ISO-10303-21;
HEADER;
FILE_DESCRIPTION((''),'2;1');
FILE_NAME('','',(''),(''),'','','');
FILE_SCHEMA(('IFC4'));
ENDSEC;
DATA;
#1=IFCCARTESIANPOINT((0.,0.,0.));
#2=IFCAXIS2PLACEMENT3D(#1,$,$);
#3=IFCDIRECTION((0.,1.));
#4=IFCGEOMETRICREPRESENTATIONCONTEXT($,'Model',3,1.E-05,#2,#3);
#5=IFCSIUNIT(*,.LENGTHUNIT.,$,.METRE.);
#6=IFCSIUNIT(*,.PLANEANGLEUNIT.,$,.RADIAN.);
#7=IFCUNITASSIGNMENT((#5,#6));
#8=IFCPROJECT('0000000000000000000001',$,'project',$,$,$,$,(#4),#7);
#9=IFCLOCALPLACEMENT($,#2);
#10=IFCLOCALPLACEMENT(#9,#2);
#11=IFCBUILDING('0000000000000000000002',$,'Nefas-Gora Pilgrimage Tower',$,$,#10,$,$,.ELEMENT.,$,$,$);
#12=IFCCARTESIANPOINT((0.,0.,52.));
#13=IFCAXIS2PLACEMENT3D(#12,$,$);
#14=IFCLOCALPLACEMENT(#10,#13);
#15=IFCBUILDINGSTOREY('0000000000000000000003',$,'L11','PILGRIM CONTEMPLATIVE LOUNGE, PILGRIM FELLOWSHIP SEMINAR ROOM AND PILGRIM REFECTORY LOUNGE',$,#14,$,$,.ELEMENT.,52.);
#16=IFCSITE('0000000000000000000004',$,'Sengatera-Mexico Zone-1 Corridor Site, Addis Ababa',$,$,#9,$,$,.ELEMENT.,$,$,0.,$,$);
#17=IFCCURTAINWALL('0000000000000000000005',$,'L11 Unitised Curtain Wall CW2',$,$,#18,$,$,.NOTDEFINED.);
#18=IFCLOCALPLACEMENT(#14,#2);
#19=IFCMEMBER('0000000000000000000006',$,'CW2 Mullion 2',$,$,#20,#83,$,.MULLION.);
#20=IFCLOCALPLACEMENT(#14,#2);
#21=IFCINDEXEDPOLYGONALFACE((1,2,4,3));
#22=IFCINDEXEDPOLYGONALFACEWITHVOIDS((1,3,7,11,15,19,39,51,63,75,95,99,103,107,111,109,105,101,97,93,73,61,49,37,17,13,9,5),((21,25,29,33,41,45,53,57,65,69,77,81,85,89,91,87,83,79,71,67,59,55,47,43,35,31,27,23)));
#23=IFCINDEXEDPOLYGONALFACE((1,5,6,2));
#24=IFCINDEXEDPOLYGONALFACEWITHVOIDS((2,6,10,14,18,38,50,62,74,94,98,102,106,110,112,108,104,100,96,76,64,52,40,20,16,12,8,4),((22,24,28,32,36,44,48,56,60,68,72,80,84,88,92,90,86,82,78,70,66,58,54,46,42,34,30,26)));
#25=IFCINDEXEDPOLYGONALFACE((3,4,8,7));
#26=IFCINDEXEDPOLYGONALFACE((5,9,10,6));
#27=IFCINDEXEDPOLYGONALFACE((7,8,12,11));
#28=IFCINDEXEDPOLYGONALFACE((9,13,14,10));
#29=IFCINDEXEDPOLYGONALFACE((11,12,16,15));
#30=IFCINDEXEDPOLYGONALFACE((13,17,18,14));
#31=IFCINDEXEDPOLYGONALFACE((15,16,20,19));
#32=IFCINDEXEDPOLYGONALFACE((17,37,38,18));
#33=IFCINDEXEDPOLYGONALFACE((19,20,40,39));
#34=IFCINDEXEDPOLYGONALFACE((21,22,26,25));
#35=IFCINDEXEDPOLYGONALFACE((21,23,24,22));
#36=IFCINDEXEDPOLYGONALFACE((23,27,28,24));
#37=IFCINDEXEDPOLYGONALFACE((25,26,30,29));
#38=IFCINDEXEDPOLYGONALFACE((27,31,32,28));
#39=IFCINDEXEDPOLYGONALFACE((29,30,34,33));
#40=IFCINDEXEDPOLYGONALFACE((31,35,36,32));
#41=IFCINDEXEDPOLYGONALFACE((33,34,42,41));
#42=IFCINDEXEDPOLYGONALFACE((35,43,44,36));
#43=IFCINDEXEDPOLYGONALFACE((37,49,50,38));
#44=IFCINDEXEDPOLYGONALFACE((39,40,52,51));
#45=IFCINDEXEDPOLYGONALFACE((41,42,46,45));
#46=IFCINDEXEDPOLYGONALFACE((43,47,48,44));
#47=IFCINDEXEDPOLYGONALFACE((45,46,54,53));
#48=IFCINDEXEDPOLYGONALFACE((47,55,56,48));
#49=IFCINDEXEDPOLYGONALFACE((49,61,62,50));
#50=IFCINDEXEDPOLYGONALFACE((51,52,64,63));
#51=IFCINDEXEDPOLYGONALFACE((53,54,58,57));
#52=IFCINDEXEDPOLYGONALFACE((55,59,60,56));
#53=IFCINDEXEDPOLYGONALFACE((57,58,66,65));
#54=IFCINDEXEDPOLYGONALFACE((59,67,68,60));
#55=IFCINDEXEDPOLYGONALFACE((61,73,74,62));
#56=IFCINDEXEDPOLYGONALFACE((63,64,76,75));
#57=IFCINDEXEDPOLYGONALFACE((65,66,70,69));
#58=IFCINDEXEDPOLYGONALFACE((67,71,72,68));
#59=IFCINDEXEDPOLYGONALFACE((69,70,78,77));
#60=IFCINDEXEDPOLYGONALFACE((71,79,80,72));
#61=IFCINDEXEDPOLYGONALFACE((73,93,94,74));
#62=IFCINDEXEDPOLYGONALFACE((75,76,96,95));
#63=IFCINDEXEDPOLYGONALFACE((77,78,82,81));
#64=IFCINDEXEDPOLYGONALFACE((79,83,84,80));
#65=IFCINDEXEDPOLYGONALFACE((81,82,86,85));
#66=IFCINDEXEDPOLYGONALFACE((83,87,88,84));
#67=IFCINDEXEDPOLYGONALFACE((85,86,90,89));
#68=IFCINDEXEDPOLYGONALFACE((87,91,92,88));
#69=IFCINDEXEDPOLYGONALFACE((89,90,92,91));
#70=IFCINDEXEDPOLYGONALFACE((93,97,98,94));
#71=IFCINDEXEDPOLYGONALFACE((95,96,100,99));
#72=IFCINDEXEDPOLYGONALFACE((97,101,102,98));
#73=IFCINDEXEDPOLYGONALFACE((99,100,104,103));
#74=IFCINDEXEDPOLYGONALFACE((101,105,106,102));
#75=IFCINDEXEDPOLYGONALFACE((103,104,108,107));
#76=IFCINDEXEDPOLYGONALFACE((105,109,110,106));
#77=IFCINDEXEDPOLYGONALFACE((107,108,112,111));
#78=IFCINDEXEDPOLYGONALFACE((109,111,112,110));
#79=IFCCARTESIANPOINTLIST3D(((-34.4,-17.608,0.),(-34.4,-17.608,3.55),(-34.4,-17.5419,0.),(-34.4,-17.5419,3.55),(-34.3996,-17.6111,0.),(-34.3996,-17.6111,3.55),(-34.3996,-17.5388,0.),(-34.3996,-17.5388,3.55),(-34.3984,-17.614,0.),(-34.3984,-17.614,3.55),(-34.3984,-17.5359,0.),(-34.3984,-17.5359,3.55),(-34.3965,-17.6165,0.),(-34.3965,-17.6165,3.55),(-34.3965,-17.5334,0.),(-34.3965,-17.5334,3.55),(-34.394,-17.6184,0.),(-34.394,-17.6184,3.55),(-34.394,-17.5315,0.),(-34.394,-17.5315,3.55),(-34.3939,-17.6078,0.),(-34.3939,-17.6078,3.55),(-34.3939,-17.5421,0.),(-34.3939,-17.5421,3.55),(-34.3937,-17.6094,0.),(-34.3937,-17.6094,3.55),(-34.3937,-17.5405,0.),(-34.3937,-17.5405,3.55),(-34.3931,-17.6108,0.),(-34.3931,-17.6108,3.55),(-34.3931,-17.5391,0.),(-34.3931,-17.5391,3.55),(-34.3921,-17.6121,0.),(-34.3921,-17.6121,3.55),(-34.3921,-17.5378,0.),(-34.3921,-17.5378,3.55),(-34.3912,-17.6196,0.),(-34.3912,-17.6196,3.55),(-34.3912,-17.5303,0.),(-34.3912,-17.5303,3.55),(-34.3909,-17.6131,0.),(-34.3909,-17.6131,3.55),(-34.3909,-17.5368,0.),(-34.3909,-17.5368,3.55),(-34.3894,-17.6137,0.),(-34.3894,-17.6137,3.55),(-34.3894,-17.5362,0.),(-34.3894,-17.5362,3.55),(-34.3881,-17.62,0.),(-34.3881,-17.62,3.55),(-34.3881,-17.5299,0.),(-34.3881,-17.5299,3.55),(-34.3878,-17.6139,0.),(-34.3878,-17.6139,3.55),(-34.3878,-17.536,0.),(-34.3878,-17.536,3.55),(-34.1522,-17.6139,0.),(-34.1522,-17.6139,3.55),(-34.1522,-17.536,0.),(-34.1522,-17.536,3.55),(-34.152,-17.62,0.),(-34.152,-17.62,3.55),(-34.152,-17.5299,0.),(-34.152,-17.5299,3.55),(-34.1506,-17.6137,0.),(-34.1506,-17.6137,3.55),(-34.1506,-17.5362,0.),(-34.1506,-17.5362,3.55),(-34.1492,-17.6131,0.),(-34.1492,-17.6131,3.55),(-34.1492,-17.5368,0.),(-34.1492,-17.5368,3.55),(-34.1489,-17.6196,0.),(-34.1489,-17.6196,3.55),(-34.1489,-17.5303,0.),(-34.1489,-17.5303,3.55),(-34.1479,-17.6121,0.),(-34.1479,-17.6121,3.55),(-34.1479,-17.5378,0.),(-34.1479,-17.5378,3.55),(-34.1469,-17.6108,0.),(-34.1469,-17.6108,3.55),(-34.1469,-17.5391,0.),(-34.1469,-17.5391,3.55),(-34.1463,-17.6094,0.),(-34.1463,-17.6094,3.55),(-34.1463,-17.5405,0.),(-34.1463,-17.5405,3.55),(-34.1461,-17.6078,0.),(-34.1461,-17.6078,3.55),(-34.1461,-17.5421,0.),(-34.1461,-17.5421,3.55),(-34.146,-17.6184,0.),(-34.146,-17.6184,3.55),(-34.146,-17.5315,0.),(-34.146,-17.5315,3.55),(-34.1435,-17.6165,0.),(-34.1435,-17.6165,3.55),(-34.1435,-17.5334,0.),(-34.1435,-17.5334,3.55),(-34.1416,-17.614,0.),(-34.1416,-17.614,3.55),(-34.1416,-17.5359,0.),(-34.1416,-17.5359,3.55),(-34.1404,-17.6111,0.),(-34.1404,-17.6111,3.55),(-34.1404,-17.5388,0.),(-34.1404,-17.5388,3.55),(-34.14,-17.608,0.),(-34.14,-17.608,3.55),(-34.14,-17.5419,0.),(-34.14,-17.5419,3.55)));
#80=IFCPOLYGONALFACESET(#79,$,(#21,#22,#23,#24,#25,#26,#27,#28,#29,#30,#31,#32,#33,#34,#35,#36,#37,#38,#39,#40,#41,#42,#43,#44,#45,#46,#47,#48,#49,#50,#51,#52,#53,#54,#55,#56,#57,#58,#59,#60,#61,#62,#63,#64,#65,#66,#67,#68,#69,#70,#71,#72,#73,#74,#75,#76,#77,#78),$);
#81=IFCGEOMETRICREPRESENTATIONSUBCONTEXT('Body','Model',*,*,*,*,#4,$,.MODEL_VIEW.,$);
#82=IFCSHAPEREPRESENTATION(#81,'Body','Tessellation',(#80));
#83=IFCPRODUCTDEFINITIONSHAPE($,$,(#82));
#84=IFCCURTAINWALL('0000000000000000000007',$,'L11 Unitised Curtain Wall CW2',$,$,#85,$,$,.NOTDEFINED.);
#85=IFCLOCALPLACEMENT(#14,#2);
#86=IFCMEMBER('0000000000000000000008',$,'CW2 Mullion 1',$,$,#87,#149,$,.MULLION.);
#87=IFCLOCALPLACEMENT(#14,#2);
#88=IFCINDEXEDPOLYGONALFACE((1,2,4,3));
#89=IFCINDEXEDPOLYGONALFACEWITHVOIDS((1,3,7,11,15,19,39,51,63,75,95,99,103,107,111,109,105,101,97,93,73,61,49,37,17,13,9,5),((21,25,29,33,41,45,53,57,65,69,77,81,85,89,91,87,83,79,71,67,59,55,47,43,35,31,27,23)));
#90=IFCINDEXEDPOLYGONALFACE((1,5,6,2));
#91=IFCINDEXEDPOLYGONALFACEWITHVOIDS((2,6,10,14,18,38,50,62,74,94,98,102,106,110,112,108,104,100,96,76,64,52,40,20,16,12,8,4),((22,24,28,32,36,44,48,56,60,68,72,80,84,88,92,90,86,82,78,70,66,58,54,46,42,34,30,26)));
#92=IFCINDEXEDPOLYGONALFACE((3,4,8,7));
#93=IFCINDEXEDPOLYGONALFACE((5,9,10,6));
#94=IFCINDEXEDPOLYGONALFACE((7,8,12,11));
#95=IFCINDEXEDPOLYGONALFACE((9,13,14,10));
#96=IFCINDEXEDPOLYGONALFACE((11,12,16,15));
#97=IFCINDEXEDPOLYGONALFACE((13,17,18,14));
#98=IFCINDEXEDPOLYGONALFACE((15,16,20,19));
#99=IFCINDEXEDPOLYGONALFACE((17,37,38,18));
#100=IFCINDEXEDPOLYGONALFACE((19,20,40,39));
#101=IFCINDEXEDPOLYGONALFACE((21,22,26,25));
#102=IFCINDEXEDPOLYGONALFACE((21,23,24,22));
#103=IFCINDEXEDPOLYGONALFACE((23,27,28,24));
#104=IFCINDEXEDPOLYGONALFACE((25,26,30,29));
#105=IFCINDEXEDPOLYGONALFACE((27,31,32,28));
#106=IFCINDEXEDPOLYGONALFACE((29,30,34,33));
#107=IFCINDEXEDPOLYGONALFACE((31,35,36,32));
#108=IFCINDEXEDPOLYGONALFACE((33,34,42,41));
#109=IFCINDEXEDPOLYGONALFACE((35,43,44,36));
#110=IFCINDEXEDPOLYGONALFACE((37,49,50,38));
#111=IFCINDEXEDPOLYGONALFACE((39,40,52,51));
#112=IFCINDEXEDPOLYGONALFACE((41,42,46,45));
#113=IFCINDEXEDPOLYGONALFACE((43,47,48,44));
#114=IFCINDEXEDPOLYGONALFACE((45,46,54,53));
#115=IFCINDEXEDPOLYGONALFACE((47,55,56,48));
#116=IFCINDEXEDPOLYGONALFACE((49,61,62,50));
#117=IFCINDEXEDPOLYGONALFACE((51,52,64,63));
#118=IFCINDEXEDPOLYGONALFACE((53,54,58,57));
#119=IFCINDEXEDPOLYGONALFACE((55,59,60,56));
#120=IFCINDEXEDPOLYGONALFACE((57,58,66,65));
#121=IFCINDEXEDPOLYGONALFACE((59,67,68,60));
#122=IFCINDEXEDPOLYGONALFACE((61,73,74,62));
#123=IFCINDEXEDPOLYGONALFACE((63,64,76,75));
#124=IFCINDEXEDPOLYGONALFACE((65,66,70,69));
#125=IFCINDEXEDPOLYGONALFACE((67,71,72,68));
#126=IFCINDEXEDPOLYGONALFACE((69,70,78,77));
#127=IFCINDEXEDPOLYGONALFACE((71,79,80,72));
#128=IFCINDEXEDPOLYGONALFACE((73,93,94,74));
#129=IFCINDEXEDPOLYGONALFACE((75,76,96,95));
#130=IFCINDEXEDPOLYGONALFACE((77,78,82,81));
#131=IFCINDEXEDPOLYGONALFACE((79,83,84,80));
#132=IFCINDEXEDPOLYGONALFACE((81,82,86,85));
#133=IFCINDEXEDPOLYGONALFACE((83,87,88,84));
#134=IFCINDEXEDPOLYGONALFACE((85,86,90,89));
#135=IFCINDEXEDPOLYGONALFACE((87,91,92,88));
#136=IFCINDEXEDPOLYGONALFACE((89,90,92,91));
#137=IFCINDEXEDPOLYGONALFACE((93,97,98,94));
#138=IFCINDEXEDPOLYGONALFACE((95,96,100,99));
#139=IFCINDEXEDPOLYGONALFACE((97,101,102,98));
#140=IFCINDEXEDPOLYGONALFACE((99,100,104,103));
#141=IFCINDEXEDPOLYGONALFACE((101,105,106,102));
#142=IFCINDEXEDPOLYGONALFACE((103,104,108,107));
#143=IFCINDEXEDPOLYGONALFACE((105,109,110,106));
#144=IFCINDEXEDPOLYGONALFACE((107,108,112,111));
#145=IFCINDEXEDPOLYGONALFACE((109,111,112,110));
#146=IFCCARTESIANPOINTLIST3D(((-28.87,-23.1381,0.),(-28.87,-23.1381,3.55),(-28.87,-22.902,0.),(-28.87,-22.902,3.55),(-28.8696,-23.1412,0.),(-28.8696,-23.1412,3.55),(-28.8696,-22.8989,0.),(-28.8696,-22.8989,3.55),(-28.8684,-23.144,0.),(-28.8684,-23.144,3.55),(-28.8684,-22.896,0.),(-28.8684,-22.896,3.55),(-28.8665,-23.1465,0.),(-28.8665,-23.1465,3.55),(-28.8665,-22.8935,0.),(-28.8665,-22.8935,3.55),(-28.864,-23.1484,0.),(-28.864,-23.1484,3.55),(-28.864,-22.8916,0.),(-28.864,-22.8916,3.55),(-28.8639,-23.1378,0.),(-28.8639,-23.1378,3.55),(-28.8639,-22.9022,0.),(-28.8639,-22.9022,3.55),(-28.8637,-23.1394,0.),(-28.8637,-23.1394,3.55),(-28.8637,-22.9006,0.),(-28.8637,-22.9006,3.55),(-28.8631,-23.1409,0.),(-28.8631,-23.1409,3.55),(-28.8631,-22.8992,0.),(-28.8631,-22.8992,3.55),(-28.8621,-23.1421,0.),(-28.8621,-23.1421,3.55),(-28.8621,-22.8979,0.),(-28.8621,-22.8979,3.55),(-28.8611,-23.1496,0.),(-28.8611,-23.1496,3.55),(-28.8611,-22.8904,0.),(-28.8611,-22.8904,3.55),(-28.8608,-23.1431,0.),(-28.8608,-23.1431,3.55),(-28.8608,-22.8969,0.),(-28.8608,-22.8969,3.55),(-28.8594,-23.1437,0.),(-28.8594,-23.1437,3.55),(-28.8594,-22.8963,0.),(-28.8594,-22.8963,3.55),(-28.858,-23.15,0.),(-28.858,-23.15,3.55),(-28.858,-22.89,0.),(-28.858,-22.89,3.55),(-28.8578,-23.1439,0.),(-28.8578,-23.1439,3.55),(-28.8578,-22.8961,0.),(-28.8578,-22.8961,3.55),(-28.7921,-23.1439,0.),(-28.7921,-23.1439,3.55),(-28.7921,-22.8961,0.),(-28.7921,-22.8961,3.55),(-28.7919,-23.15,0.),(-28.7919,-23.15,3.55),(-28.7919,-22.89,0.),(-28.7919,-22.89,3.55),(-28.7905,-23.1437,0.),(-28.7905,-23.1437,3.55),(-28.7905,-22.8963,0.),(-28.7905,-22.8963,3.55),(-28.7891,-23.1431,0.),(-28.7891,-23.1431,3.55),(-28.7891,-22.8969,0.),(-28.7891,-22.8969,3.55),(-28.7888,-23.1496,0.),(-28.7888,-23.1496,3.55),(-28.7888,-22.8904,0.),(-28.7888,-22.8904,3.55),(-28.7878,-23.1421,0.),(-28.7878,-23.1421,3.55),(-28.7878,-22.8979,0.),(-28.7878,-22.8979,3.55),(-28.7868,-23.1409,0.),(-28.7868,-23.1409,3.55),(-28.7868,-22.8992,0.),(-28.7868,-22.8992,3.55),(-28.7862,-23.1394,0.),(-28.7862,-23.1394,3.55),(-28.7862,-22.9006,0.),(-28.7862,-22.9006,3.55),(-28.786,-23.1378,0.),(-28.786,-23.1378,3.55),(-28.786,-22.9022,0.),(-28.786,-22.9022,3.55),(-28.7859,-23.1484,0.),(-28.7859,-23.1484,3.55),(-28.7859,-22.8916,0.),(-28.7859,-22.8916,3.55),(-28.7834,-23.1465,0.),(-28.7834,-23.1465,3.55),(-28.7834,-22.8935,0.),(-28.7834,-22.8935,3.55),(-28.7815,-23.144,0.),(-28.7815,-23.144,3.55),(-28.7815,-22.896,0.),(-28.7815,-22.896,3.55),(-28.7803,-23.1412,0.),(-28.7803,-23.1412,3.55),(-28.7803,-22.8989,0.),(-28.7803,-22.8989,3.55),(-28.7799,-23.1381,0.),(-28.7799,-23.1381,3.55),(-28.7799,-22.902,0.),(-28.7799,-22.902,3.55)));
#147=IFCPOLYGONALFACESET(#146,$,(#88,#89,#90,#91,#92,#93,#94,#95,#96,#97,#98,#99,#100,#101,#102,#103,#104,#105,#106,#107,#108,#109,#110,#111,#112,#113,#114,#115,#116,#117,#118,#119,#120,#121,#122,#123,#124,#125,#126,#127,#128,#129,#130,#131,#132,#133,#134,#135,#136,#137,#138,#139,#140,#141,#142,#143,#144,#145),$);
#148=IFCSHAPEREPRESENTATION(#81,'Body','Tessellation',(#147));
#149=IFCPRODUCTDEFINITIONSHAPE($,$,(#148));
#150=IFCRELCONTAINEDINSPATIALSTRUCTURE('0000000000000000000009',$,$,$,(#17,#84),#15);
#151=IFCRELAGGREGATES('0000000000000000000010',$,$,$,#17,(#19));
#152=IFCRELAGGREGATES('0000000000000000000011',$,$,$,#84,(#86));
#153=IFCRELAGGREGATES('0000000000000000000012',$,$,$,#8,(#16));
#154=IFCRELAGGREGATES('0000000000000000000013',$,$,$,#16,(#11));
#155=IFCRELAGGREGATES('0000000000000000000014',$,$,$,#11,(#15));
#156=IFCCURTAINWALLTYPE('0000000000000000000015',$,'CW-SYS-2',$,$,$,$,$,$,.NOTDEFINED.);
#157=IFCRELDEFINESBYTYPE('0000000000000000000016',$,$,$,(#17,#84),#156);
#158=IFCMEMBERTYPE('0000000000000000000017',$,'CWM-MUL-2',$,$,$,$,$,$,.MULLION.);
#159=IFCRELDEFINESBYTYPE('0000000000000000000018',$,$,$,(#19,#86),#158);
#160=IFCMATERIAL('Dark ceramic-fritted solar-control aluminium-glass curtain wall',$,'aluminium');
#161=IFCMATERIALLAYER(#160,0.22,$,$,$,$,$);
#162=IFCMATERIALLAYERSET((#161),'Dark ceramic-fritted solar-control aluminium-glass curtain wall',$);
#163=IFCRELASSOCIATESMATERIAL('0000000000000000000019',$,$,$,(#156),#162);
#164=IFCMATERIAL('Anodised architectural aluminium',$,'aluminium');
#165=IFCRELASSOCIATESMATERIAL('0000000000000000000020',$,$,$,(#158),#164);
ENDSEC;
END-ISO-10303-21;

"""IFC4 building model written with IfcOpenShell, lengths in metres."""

from ifc_helpers import new_model, si_unit, direction, frame, origin, origin_2d, place, context, subcontext, project, spatial, hollow_rectangle, extrude, source, transform, mapped, material, layer, layer_set, material_profile, profile_set, type_object, element, aggregate, save


model = new_model("IFC4")

# Units and contexts
model_context = context("Model", 3, precision=1e-05, world=origin(), true_north=direction((0.0, 1.0)))
body_context = subcontext(model_context, "Body", "Model", "MODEL_VIEW")
ifc_project = project(units=[si_unit("LENGTHUNIT", "METRE"), si_unit("PLANEANGLEUNIT", "RADIAN")], contexts=[model_context])

# Site, building, storey
site_placement = place(None, origin())
site = spatial("IfcSite", under=ifc_project, at=site_placement, Name="Sengatera-Mexico Zone-1 Corridor Site, Addis Ababa", CompositionType="ELEMENT", RefElevation=0.0)
building_placement = place(site_placement, origin())
building = spatial("IfcBuilding", under=site, at=building_placement, Name="Nefas-Gora Pilgrimage Tower", CompositionType="ELEMENT")
storey_placement = place(building_placement, frame((0.0, 0.0, 52.0)))
storey = spatial("IfcBuildingStorey", under=building, at=storey_placement, Name="L11", Description="PILGRIM CONTEMPLATIVE LOUNGE, PILGRIM FELLOWSHIP SEMINAR ROOM AND PILGRIM REFECTORY LOUNGE", CompositionType="ELEMENT", Elevation=52.0)

# Shared definitions
ifc_material_1 = material(Name="Dark ceramic-fritted solar-control aluminium-glass curtain wall", Category="aluminium")
ifc_material_2 = material(Name="Anodised architectural aluminium", Category="aluminium")

# Curtain wall, member
ifc_layer_1 = layer(ifc_material_1, 0.22)
ifc_layer_set_1 = layer_set([ifc_layer_1], Name="Dark ceramic-fritted solar-control aluminium-glass curtain wall")
curtain_wall_type_1 = type_object("IfcCurtainWallType", Name="CW-SYS-2", PredefinedType="NOTDEFINED", material=ifc_layer_set_1)
curtain_wall_1_placement = place(storey_placement, origin())
curtain_wall_1 = element("IfcCurtainWall", 1, at=curtain_wall_1_placement, inside=storey, type_object=curtain_wall_type_1, Name="L11 Unitised Curtain Wall CW2", PredefinedType="NOTDEFINED")
ifc_material_profile_1 = material_profile(ifc_material_2, hollow_rectangle(XDim=0.0901, YDim=0.26, WallThickness=0.0061, InnerFilletRadius=0.0061, OuterFilletRadius=0.012, at=origin_2d()), Name="ALU MULLION 90x260")
ifc_profile_set_1 = profile_set([ifc_material_profile_1], Name="Anodised architectural aluminium")
member_type_1 = type_object("IfcMemberType", Name="CWM-MUL-2", PredefinedType="MULLION", material=ifc_profile_set_1)
shared_shape_1 = source(origin(), body_context, "Body", "SweptSolid", [
    extrude(hollow_rectangle(XDim=0.0901, YDim=0.26, WallThickness=0.0061, InnerFilletRadius=0.0061, OuterFilletRadius=0.012, at=origin_2d()), origin(), (0.0, 0.0, 1.0), 3.55),
])
member_1_placement = place(storey_placement, frame((-34.27, -17.575, 0.0), z_axis=(0.0, 0.0, 1.0), x_axis=(0.0, -1.0, 0.0)))
member_1 = element("IfcMember", 2, at=member_1_placement, type_object=member_type_1, Name="CW2 Mullion 2", PredefinedType="MULLION", context=body_context, shape_type="MappedRepresentation", body=[
    mapped(shared_shape_1, transform((0.0, 0.0, 0.0), x_axis=(1.0, 0.0, 0.0), y_axis=(0.0, 1.0, 0.0), z_axis=(0.0, 0.0, 1.0), scale=1.0)),
])
aggregate(curtain_wall_1, [member_1])

# Curtain wall, member
curtain_wall_2_placement = place(storey_placement, origin())
curtain_wall_2 = element("IfcCurtainWall", 3, at=curtain_wall_2_placement, inside=storey, type_object=curtain_wall_type_1, Name="L11 Unitised Curtain Wall CW2", PredefinedType="NOTDEFINED")
member_2_placement = place(storey_placement, frame((-28.825, -23.02, 0.0), z_axis=(0.0, 0.0, 1.0), x_axis=(1.0, 0.0, 0.0)))
member_2 = element("IfcMember", 4, at=member_2_placement, type_object=member_type_1, Name="CW2 Mullion 1", PredefinedType="MULLION", context=body_context, shape_type="MappedRepresentation", body=[
    mapped(shared_shape_1, transform((0.0, 0.0, 0.0), x_axis=(1.0, 0.0, 0.0), y_axis=(0.0, 1.0, 0.0), z_axis=(0.0, 0.0, 1.0), scale=1.0)),
])

aggregate(curtain_wall_2, [member_2])

save(model, "model.ifc")
